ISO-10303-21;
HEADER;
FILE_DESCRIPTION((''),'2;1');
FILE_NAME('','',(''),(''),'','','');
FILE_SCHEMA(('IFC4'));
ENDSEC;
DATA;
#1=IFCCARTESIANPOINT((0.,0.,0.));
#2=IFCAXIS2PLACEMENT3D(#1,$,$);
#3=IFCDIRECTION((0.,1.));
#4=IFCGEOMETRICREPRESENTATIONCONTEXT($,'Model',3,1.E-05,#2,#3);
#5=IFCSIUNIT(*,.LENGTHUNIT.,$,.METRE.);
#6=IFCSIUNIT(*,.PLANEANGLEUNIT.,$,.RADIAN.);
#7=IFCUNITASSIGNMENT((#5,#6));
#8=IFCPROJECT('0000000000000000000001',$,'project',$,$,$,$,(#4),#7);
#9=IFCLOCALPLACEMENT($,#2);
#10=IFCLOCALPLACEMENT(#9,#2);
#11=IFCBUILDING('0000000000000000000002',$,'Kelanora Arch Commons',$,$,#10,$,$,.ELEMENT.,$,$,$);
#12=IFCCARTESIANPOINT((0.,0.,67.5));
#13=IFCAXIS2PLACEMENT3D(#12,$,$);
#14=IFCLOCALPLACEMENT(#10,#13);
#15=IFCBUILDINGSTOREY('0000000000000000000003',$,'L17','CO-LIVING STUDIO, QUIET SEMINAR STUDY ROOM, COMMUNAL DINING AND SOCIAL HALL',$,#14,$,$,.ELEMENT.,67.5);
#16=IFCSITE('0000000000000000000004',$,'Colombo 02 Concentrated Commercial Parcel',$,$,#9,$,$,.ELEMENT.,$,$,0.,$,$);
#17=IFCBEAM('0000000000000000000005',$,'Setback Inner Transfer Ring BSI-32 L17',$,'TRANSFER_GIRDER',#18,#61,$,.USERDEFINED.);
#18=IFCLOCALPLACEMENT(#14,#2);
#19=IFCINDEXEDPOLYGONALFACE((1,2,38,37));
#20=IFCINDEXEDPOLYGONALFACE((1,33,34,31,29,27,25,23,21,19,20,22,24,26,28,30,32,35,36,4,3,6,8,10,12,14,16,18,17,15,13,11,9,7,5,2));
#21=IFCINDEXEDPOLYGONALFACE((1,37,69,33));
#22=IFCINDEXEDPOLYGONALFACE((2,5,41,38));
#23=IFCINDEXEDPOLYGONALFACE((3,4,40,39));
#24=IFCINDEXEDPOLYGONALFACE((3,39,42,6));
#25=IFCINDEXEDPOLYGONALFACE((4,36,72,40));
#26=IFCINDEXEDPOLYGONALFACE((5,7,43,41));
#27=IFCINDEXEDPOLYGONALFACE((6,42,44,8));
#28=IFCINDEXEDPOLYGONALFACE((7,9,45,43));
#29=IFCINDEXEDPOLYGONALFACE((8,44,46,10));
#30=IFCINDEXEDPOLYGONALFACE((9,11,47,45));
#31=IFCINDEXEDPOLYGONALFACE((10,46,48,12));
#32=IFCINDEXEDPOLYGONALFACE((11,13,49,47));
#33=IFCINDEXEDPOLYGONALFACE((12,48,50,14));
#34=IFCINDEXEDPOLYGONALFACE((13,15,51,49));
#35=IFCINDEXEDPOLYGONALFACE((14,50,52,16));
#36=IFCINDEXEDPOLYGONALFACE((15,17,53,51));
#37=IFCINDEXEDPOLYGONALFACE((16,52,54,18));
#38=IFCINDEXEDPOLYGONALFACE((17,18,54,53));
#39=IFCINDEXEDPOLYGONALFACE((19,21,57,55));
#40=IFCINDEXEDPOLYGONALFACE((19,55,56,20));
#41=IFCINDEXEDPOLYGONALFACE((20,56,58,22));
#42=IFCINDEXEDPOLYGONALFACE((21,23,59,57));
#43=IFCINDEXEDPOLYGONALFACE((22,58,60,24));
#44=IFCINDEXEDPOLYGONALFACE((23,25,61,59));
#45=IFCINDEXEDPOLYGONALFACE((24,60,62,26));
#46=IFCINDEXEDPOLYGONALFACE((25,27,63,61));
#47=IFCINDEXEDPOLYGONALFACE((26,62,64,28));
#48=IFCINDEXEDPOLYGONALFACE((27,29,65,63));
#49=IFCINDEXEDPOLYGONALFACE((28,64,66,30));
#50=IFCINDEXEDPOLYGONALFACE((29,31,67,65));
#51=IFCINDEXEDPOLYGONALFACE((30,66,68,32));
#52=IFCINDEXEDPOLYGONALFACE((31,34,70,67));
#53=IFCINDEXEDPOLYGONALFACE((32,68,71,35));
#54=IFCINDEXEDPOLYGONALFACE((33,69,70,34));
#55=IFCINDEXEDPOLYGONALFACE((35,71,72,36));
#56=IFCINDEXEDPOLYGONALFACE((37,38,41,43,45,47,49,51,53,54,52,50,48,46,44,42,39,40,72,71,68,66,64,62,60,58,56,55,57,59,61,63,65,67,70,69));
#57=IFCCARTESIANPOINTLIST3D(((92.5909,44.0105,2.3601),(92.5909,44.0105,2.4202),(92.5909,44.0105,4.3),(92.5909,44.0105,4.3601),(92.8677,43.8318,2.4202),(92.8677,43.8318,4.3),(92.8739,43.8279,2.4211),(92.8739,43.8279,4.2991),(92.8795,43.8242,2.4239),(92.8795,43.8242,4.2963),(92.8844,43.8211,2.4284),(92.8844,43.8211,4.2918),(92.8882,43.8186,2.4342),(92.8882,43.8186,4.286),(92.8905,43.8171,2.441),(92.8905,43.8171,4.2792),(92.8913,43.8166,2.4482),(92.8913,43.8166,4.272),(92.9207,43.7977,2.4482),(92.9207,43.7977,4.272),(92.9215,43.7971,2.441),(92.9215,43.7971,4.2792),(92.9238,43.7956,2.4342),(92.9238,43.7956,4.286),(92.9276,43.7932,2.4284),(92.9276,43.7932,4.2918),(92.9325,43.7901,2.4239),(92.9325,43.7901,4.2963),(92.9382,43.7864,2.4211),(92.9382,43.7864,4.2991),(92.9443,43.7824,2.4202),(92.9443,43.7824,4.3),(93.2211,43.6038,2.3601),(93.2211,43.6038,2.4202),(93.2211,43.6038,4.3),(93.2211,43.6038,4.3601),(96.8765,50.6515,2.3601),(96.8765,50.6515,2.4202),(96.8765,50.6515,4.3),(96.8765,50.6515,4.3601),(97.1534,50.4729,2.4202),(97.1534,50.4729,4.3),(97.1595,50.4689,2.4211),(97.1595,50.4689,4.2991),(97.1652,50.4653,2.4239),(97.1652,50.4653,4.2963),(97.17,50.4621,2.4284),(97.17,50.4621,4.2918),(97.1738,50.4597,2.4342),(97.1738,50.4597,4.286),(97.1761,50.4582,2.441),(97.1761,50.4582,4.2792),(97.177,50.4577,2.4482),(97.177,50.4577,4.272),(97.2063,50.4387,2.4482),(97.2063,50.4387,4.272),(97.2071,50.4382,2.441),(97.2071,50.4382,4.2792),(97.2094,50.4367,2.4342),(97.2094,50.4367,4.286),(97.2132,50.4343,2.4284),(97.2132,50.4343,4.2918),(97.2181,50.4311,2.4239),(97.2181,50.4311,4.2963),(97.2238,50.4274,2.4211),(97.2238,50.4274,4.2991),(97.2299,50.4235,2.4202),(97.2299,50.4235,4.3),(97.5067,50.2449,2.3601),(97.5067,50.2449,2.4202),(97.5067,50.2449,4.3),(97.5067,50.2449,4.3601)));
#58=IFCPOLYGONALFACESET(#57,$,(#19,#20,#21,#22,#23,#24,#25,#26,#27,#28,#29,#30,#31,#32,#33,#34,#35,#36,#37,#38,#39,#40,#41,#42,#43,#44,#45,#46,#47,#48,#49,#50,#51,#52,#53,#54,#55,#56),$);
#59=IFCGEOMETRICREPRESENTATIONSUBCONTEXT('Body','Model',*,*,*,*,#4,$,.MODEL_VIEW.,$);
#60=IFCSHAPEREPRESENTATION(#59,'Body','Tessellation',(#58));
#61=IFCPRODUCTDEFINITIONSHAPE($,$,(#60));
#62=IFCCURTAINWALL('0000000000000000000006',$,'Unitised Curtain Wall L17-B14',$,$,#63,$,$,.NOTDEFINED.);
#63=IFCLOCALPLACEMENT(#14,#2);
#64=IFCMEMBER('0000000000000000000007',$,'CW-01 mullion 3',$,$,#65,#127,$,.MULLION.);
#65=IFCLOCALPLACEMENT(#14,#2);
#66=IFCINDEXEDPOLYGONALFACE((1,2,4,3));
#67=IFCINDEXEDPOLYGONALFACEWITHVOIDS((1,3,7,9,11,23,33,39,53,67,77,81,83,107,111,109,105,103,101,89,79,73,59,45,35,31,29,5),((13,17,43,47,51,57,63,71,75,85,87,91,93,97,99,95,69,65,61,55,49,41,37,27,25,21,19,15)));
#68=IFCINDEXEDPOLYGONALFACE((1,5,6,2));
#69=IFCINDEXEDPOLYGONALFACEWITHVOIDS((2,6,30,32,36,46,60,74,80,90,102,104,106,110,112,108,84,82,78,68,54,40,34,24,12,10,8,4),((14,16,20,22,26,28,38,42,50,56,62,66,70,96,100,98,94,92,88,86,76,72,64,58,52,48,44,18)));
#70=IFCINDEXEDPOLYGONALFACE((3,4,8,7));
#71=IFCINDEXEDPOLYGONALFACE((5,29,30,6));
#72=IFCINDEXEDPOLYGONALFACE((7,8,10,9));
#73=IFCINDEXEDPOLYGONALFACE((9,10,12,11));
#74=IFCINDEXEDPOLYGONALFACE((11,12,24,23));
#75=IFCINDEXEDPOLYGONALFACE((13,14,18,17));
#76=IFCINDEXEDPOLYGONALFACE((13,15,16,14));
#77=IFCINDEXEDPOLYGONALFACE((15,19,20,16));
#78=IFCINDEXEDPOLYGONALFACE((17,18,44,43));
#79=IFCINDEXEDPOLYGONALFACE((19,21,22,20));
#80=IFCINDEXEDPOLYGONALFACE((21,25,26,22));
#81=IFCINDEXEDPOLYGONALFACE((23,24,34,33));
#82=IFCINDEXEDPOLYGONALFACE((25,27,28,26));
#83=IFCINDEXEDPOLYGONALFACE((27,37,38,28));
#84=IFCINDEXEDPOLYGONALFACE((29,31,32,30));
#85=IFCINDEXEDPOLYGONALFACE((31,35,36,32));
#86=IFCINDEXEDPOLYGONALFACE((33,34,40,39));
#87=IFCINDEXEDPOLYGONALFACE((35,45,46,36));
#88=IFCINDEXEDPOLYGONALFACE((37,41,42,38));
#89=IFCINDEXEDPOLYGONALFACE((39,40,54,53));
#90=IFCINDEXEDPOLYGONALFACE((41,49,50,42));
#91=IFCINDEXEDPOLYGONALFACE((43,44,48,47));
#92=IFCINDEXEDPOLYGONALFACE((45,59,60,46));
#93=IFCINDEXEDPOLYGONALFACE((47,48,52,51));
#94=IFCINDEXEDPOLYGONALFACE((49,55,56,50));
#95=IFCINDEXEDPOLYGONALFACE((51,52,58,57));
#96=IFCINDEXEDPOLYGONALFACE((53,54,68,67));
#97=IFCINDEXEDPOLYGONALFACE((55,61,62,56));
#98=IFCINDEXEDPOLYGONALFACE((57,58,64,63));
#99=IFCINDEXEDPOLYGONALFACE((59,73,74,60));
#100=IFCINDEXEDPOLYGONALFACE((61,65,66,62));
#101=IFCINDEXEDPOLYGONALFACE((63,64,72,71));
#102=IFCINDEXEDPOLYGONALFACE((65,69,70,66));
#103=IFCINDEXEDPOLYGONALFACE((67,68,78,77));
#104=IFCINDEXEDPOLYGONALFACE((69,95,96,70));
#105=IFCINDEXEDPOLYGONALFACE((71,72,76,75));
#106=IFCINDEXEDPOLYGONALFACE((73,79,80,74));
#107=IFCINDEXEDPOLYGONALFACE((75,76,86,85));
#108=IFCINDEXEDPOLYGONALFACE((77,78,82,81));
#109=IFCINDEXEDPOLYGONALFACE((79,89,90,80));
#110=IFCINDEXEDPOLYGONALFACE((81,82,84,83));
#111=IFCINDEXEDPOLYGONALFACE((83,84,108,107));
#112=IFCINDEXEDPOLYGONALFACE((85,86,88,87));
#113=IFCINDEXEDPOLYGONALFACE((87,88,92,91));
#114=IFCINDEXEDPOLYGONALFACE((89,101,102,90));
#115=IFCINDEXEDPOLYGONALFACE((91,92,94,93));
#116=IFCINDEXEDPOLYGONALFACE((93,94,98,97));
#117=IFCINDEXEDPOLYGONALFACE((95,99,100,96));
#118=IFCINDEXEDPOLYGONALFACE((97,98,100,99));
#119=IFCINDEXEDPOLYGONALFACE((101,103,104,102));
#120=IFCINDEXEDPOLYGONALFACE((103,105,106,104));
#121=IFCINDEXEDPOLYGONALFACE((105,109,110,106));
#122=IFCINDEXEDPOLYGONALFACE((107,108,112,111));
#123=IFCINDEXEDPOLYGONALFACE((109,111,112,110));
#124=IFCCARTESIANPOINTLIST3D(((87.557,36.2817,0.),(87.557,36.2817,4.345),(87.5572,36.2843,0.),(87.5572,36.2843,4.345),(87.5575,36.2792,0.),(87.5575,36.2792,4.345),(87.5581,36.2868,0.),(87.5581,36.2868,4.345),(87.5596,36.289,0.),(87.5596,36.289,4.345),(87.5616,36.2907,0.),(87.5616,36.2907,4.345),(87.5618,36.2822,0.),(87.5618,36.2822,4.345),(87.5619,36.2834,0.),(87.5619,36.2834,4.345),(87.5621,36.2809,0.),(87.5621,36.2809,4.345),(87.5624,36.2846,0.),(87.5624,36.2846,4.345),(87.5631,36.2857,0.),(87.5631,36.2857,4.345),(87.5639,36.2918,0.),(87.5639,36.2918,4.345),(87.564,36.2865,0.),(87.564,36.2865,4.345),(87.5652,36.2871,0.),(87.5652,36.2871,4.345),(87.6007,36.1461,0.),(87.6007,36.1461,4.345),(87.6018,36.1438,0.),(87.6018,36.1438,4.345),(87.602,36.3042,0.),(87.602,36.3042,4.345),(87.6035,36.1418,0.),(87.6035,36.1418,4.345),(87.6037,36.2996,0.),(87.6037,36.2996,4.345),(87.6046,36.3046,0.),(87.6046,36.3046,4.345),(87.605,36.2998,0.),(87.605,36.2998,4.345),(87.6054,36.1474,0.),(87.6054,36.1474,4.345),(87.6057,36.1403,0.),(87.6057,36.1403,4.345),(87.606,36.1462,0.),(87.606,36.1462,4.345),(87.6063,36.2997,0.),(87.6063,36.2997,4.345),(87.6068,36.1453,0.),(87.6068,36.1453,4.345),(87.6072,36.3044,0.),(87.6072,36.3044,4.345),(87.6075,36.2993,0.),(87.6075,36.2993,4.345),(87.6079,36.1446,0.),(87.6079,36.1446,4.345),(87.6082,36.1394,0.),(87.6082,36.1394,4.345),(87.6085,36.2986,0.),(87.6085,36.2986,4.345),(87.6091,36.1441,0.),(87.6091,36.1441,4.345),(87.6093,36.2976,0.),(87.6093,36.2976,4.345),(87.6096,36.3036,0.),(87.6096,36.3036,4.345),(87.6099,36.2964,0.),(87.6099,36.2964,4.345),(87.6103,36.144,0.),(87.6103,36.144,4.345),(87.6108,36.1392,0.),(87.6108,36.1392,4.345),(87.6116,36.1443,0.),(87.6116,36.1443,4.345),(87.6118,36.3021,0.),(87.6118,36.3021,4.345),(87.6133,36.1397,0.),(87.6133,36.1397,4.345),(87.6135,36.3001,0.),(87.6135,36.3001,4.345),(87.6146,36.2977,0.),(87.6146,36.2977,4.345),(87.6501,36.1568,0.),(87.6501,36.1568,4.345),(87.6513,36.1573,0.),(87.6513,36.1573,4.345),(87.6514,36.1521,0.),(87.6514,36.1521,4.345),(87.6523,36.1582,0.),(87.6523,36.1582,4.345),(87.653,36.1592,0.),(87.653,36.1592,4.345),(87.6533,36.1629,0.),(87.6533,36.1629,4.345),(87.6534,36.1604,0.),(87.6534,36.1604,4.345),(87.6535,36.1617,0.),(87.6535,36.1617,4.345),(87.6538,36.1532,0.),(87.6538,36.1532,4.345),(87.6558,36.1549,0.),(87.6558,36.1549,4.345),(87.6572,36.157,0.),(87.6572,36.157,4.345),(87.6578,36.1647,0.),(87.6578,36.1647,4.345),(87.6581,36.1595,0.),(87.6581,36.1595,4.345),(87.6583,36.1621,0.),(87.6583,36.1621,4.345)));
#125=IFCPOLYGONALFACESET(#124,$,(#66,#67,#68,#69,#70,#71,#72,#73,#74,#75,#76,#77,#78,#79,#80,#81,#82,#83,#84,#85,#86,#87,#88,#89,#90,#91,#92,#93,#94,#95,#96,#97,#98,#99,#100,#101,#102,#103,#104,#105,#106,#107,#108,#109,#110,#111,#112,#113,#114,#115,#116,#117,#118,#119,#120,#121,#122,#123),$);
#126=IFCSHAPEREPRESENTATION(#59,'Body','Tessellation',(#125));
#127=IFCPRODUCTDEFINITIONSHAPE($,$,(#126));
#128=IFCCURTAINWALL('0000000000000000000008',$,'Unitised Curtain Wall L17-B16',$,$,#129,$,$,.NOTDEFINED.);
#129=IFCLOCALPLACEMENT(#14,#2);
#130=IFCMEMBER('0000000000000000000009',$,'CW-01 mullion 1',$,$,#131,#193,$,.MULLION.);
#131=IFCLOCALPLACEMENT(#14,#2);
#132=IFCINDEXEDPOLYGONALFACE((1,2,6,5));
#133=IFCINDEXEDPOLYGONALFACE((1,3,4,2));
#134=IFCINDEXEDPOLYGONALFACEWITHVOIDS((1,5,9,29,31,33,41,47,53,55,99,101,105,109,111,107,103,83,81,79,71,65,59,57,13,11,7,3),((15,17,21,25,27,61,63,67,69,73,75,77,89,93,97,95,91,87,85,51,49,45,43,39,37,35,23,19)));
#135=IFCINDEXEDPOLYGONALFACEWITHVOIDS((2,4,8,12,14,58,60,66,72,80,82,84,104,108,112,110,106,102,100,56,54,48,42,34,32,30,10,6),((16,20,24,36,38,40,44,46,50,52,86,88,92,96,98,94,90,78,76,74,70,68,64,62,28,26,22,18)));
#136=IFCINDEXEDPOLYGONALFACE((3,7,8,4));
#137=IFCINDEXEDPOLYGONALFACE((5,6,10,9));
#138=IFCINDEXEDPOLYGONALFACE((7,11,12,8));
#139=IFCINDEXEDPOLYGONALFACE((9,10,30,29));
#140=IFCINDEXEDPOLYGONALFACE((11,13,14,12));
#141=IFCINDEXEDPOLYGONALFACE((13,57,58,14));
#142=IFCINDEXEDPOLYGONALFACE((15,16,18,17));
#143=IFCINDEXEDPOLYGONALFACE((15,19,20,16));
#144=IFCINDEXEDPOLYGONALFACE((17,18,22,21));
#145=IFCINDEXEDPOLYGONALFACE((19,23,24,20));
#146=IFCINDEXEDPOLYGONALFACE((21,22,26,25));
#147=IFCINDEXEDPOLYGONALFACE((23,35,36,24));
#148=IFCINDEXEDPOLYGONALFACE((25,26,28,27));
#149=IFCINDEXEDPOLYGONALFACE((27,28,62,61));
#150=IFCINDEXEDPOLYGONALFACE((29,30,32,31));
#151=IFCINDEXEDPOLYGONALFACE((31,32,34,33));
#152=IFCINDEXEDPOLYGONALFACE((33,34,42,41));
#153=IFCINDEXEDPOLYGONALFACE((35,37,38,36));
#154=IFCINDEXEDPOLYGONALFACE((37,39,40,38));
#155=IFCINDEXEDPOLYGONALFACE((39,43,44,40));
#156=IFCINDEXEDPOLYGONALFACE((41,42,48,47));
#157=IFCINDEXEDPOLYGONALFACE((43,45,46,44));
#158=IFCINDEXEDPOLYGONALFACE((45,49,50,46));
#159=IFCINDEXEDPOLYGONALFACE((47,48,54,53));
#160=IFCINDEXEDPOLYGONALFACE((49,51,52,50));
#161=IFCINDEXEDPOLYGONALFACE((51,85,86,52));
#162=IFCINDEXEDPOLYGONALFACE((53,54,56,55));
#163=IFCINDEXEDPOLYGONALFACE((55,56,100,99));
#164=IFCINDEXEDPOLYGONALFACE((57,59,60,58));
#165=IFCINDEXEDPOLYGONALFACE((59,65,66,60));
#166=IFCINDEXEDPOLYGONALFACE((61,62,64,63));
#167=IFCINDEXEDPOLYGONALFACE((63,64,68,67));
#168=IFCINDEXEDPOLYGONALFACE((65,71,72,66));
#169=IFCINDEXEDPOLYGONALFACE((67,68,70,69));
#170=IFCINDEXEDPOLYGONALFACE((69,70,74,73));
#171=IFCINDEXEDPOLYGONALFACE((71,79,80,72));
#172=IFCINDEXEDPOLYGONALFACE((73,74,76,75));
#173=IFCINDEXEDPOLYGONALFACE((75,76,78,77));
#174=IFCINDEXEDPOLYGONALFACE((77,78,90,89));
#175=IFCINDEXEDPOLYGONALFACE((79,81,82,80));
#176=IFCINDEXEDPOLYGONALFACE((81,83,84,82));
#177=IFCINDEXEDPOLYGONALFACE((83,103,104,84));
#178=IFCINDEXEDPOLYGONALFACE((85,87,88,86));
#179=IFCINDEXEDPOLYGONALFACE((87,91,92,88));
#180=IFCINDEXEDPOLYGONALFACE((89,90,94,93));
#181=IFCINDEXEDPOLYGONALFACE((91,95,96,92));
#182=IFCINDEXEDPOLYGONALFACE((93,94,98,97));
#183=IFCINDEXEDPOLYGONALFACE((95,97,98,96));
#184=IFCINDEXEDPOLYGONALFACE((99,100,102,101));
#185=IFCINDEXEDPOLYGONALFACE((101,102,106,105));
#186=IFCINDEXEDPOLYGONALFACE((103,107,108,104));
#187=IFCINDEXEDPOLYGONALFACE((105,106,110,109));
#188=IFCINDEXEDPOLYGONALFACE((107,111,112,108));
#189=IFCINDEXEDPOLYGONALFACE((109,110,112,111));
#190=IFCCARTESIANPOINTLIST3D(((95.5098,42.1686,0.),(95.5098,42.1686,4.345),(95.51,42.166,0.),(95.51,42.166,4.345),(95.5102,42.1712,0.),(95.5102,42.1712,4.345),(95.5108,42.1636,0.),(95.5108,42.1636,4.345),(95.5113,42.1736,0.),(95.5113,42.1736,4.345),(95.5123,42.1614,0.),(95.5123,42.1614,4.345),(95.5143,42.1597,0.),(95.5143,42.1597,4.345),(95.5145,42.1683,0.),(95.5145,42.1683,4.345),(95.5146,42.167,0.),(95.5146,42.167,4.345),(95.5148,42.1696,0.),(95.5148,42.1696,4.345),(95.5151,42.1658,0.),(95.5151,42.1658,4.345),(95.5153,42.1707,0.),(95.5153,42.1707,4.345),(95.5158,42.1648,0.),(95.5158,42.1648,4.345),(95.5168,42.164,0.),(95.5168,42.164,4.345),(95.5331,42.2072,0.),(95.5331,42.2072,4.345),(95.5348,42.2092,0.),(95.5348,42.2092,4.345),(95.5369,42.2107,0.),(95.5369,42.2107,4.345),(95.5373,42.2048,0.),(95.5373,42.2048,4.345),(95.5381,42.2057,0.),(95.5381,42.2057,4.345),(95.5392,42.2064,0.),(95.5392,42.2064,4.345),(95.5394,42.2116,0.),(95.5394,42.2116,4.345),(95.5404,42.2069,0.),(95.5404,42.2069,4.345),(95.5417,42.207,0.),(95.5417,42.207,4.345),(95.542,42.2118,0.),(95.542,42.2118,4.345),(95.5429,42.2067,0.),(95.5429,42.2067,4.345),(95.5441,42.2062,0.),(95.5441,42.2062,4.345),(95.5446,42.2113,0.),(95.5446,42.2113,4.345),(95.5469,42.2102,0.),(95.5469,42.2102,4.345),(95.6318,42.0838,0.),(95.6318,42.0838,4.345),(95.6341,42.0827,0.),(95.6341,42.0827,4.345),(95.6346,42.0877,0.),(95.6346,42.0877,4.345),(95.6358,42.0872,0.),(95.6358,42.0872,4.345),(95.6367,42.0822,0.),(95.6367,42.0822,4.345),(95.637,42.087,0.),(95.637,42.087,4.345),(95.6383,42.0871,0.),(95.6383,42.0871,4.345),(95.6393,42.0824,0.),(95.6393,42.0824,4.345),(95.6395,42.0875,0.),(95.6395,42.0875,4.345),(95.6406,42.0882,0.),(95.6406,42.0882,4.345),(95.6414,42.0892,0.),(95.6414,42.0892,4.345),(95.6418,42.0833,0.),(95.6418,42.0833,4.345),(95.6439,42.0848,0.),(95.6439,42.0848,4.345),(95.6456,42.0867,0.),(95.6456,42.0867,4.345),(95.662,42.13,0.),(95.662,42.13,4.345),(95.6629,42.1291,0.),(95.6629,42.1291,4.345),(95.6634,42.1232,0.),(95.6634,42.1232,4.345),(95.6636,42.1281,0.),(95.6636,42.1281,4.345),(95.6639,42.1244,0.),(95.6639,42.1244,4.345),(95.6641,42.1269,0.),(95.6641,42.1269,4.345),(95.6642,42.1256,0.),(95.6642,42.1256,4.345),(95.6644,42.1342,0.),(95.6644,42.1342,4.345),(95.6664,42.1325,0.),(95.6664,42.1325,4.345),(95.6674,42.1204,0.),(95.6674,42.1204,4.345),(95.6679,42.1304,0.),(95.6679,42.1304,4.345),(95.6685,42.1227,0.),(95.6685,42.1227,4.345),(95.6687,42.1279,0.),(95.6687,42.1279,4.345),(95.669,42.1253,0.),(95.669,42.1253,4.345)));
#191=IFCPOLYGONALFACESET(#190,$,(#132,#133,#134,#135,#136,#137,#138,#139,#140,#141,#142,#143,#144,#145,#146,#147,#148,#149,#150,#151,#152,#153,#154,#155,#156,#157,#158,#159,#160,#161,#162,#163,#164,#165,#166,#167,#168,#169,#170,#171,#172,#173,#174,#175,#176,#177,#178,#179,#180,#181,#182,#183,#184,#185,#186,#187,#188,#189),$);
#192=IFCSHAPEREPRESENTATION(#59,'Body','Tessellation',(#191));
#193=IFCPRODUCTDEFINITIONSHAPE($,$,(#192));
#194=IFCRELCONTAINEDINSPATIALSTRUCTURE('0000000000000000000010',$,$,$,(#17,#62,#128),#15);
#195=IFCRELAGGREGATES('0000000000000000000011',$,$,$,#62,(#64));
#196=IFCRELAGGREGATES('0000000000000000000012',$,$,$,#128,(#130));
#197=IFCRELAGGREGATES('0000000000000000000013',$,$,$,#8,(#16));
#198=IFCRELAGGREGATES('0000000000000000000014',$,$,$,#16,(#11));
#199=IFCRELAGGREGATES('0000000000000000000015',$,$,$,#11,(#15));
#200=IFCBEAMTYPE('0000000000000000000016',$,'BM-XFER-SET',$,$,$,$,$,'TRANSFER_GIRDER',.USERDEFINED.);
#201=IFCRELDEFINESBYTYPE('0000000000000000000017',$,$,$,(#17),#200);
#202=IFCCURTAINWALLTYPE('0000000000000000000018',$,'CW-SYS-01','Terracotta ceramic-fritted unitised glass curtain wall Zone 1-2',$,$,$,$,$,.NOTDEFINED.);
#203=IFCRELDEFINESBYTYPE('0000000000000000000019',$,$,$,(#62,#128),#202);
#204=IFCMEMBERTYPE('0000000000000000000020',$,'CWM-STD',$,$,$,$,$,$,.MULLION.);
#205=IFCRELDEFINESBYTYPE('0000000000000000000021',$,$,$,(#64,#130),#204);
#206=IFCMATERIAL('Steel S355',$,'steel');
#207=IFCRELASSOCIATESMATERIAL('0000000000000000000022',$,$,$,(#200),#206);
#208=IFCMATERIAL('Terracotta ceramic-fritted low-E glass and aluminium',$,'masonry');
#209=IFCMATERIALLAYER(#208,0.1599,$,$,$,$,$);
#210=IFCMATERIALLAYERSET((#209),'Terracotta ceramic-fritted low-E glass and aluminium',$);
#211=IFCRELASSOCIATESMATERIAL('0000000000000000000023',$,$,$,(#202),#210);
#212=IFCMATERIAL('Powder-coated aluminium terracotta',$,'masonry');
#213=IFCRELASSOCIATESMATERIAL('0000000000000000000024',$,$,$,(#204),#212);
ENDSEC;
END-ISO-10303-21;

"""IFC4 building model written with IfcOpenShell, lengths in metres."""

from ifc_helpers import new_model, si_unit, direction, frame, origin, origin_2d, place, context, subcontext, project, spatial, hollow_rectangle, i_section, extrude, material, layer, layer_set, material_profile, profile_set, type_object, element, aggregate, save


model = new_model("IFC4")

# Units and contexts
model_context = context("Model", 3, precision=1e-05, world=origin(), true_north=direction((0.0, 1.0)))
body_context = subcontext(model_context, "Body", "Model", "MODEL_VIEW")
ifc_project = project(units=[si_unit("LENGTHUNIT", "METRE"), si_unit("PLANEANGLEUNIT", "RADIAN")], contexts=[model_context])

# Site, building, storey
site_placement = place(None, origin())
site = spatial("IfcSite", under=ifc_project, at=site_placement, Name="Colombo 02 Concentrated Commercial Parcel", CompositionType="ELEMENT", RefElevation=0.0)
building_placement = place(site_placement, origin())
building = spatial("IfcBuilding", under=site, at=building_placement, Name="Kelanora Arch Commons", CompositionType="ELEMENT")
storey_placement = place(building_placement, frame((0.0, 0.0, 67.5)))
storey = spatial("IfcBuildingStorey", under=building, at=storey_placement, Name="L17", Description="CO-LIVING STUDIO, QUIET SEMINAR STUDY ROOM, COMMUNAL DINING AND SOCIAL HALL", CompositionType="ELEMENT", Elevation=67.5)

# Beam
ifc_material_1 = material(Name="Steel S355", Category="steel")
ifc_material_profile_1 = material_profile(ifc_material_1, i_section(OverallWidth=0.75, OverallDepth=2.0, WebThickness=0.0349, FlangeThickness=0.0601, FilletRadius=0.0281, at=origin_2d()), Name="PG2000x750")
ifc_profile_set_1 = profile_set([ifc_material_profile_1], Name="Steel S355")
beam_type_1 = type_object("IfcBeamType", Name="BM-XFER-SET", ElementType="TRANSFER_GIRDER", PredefinedType="USERDEFINED", material=ifc_profile_set_1)
beam_1_placement = place(storey_placement, frame((92.906, 43.8071, 3.3601), z_axis=(0.542221, 0.840236, 0.0), x_axis=(-0.840236, 0.542221, 0.0)))
element("IfcBeam", 1, at=beam_1_placement, inside=storey, type_object=beam_type_1, Name="Setback Inner Transfer Ring BSI-32 L17", ObjectType="TRANSFER_GIRDER", PredefinedType="USERDEFINED", context=body_context, shape_type="SweptSolid", body=[
    extrude(i_section(OverallWidth=0.75, OverallDepth=2.0, WebThickness=0.0349, FlangeThickness=0.0601, FilletRadius=0.0281, at=origin_2d()), origin(), (0.0, 0.0, 1.0), 7.9038),
])

# Curtain wall, member
ifc_material_2 = material(Name="Terracotta ceramic-fritted low-E glass and aluminium", Category="masonry")
ifc_layer_1 = layer(ifc_material_2, 0.1599)
ifc_layer_set_1 = layer_set([ifc_layer_1], Name="Terracotta ceramic-fritted low-E glass and aluminium")
curtain_wall_type = type_object("IfcCurtainWallType", Name="CW-SYS-01", Description="Terracotta ceramic-fritted unitised glass curtain wall Zone 1-2", PredefinedType="NOTDEFINED", material=ifc_layer_set_1)
curtain_wall_1_placement = place(storey_placement, origin())
curtain_wall_1 = element("IfcCurtainWall", 2, at=curtain_wall_1_placement, inside=storey, type_object=curtain_wall_type, Name="Unitised Curtain Wall L17-B14", PredefinedType="NOTDEFINED")
ifc_material_3 = material(Name="Powder-coated aluminium terracotta", Category="masonry")
ifc_material_profile_2 = material_profile(ifc_material_3, hollow_rectangle(XDim=0.1599, YDim=0.0601, WallThickness=0.0049, InnerFilletRadius=0.0049, OuterFilletRadius=0.01, at=origin_2d()), Name="CWM160x60")
ifc_profile_set_2 = profile_set([ifc_material_profile_2], Name="Powder-coated aluminium terracotta")
member_type_1 = type_object("IfcMemberType", Name="CWM-STD", PredefinedType="MULLION", material=ifc_profile_set_2)
member_1_placement = place(storey_placement, frame((87.6077, 36.2219, 0.0), z_axis=(0.0, 0.0, 1.0), x_axis=(-0.309058, 0.951043, 0.0)))
member_1 = element("IfcMember", 3, at=member_1_placement, type_object=member_type_1, Name="CW-01 mullion 3", PredefinedType="MULLION", context=body_context, shape_type="SweptSolid", body=[
    extrude(hollow_rectangle(XDim=0.1599, YDim=0.0601, WallThickness=0.0049, InnerFilletRadius=0.0049, OuterFilletRadius=0.01, at=origin_2d()), origin(), (0.0, 0.0, 1.0), 4.345),
])

# Curtain wall, member
curtain_wall_2_placement = place(storey_placement, origin())
curtain_wall_2 = element("IfcCurtainWall", 4, at=curtain_wall_2_placement, inside=storey, type_object=curtain_wall_type, Name="Unitised Curtain Wall L17-B16", PredefinedType="NOTDEFINED")
member_2_placement = place(storey_placement, frame((95.5894, 42.147, 0.0), z_axis=(0.0, 0.0, 1.0), x_axis=(-0.83973, 0.543004, 0.0)))
member_2 = element("IfcMember", 5, at=member_2_placement, type_object=member_type_1, Name="CW-01 mullion 1", PredefinedType="MULLION", context=body_context, shape_type="SweptSolid", body=[
    extrude(hollow_rectangle(XDim=0.1599, YDim=0.0601, WallThickness=0.0049, InnerFilletRadius=0.0049, OuterFilletRadius=0.01, at=origin_2d()), origin(), (0.0, 0.0, 1.0), 4.345),
])

aggregate(curtain_wall_1, [member_1])
aggregate(curtain_wall_2, [member_2])

save(model, "model.ifc")
